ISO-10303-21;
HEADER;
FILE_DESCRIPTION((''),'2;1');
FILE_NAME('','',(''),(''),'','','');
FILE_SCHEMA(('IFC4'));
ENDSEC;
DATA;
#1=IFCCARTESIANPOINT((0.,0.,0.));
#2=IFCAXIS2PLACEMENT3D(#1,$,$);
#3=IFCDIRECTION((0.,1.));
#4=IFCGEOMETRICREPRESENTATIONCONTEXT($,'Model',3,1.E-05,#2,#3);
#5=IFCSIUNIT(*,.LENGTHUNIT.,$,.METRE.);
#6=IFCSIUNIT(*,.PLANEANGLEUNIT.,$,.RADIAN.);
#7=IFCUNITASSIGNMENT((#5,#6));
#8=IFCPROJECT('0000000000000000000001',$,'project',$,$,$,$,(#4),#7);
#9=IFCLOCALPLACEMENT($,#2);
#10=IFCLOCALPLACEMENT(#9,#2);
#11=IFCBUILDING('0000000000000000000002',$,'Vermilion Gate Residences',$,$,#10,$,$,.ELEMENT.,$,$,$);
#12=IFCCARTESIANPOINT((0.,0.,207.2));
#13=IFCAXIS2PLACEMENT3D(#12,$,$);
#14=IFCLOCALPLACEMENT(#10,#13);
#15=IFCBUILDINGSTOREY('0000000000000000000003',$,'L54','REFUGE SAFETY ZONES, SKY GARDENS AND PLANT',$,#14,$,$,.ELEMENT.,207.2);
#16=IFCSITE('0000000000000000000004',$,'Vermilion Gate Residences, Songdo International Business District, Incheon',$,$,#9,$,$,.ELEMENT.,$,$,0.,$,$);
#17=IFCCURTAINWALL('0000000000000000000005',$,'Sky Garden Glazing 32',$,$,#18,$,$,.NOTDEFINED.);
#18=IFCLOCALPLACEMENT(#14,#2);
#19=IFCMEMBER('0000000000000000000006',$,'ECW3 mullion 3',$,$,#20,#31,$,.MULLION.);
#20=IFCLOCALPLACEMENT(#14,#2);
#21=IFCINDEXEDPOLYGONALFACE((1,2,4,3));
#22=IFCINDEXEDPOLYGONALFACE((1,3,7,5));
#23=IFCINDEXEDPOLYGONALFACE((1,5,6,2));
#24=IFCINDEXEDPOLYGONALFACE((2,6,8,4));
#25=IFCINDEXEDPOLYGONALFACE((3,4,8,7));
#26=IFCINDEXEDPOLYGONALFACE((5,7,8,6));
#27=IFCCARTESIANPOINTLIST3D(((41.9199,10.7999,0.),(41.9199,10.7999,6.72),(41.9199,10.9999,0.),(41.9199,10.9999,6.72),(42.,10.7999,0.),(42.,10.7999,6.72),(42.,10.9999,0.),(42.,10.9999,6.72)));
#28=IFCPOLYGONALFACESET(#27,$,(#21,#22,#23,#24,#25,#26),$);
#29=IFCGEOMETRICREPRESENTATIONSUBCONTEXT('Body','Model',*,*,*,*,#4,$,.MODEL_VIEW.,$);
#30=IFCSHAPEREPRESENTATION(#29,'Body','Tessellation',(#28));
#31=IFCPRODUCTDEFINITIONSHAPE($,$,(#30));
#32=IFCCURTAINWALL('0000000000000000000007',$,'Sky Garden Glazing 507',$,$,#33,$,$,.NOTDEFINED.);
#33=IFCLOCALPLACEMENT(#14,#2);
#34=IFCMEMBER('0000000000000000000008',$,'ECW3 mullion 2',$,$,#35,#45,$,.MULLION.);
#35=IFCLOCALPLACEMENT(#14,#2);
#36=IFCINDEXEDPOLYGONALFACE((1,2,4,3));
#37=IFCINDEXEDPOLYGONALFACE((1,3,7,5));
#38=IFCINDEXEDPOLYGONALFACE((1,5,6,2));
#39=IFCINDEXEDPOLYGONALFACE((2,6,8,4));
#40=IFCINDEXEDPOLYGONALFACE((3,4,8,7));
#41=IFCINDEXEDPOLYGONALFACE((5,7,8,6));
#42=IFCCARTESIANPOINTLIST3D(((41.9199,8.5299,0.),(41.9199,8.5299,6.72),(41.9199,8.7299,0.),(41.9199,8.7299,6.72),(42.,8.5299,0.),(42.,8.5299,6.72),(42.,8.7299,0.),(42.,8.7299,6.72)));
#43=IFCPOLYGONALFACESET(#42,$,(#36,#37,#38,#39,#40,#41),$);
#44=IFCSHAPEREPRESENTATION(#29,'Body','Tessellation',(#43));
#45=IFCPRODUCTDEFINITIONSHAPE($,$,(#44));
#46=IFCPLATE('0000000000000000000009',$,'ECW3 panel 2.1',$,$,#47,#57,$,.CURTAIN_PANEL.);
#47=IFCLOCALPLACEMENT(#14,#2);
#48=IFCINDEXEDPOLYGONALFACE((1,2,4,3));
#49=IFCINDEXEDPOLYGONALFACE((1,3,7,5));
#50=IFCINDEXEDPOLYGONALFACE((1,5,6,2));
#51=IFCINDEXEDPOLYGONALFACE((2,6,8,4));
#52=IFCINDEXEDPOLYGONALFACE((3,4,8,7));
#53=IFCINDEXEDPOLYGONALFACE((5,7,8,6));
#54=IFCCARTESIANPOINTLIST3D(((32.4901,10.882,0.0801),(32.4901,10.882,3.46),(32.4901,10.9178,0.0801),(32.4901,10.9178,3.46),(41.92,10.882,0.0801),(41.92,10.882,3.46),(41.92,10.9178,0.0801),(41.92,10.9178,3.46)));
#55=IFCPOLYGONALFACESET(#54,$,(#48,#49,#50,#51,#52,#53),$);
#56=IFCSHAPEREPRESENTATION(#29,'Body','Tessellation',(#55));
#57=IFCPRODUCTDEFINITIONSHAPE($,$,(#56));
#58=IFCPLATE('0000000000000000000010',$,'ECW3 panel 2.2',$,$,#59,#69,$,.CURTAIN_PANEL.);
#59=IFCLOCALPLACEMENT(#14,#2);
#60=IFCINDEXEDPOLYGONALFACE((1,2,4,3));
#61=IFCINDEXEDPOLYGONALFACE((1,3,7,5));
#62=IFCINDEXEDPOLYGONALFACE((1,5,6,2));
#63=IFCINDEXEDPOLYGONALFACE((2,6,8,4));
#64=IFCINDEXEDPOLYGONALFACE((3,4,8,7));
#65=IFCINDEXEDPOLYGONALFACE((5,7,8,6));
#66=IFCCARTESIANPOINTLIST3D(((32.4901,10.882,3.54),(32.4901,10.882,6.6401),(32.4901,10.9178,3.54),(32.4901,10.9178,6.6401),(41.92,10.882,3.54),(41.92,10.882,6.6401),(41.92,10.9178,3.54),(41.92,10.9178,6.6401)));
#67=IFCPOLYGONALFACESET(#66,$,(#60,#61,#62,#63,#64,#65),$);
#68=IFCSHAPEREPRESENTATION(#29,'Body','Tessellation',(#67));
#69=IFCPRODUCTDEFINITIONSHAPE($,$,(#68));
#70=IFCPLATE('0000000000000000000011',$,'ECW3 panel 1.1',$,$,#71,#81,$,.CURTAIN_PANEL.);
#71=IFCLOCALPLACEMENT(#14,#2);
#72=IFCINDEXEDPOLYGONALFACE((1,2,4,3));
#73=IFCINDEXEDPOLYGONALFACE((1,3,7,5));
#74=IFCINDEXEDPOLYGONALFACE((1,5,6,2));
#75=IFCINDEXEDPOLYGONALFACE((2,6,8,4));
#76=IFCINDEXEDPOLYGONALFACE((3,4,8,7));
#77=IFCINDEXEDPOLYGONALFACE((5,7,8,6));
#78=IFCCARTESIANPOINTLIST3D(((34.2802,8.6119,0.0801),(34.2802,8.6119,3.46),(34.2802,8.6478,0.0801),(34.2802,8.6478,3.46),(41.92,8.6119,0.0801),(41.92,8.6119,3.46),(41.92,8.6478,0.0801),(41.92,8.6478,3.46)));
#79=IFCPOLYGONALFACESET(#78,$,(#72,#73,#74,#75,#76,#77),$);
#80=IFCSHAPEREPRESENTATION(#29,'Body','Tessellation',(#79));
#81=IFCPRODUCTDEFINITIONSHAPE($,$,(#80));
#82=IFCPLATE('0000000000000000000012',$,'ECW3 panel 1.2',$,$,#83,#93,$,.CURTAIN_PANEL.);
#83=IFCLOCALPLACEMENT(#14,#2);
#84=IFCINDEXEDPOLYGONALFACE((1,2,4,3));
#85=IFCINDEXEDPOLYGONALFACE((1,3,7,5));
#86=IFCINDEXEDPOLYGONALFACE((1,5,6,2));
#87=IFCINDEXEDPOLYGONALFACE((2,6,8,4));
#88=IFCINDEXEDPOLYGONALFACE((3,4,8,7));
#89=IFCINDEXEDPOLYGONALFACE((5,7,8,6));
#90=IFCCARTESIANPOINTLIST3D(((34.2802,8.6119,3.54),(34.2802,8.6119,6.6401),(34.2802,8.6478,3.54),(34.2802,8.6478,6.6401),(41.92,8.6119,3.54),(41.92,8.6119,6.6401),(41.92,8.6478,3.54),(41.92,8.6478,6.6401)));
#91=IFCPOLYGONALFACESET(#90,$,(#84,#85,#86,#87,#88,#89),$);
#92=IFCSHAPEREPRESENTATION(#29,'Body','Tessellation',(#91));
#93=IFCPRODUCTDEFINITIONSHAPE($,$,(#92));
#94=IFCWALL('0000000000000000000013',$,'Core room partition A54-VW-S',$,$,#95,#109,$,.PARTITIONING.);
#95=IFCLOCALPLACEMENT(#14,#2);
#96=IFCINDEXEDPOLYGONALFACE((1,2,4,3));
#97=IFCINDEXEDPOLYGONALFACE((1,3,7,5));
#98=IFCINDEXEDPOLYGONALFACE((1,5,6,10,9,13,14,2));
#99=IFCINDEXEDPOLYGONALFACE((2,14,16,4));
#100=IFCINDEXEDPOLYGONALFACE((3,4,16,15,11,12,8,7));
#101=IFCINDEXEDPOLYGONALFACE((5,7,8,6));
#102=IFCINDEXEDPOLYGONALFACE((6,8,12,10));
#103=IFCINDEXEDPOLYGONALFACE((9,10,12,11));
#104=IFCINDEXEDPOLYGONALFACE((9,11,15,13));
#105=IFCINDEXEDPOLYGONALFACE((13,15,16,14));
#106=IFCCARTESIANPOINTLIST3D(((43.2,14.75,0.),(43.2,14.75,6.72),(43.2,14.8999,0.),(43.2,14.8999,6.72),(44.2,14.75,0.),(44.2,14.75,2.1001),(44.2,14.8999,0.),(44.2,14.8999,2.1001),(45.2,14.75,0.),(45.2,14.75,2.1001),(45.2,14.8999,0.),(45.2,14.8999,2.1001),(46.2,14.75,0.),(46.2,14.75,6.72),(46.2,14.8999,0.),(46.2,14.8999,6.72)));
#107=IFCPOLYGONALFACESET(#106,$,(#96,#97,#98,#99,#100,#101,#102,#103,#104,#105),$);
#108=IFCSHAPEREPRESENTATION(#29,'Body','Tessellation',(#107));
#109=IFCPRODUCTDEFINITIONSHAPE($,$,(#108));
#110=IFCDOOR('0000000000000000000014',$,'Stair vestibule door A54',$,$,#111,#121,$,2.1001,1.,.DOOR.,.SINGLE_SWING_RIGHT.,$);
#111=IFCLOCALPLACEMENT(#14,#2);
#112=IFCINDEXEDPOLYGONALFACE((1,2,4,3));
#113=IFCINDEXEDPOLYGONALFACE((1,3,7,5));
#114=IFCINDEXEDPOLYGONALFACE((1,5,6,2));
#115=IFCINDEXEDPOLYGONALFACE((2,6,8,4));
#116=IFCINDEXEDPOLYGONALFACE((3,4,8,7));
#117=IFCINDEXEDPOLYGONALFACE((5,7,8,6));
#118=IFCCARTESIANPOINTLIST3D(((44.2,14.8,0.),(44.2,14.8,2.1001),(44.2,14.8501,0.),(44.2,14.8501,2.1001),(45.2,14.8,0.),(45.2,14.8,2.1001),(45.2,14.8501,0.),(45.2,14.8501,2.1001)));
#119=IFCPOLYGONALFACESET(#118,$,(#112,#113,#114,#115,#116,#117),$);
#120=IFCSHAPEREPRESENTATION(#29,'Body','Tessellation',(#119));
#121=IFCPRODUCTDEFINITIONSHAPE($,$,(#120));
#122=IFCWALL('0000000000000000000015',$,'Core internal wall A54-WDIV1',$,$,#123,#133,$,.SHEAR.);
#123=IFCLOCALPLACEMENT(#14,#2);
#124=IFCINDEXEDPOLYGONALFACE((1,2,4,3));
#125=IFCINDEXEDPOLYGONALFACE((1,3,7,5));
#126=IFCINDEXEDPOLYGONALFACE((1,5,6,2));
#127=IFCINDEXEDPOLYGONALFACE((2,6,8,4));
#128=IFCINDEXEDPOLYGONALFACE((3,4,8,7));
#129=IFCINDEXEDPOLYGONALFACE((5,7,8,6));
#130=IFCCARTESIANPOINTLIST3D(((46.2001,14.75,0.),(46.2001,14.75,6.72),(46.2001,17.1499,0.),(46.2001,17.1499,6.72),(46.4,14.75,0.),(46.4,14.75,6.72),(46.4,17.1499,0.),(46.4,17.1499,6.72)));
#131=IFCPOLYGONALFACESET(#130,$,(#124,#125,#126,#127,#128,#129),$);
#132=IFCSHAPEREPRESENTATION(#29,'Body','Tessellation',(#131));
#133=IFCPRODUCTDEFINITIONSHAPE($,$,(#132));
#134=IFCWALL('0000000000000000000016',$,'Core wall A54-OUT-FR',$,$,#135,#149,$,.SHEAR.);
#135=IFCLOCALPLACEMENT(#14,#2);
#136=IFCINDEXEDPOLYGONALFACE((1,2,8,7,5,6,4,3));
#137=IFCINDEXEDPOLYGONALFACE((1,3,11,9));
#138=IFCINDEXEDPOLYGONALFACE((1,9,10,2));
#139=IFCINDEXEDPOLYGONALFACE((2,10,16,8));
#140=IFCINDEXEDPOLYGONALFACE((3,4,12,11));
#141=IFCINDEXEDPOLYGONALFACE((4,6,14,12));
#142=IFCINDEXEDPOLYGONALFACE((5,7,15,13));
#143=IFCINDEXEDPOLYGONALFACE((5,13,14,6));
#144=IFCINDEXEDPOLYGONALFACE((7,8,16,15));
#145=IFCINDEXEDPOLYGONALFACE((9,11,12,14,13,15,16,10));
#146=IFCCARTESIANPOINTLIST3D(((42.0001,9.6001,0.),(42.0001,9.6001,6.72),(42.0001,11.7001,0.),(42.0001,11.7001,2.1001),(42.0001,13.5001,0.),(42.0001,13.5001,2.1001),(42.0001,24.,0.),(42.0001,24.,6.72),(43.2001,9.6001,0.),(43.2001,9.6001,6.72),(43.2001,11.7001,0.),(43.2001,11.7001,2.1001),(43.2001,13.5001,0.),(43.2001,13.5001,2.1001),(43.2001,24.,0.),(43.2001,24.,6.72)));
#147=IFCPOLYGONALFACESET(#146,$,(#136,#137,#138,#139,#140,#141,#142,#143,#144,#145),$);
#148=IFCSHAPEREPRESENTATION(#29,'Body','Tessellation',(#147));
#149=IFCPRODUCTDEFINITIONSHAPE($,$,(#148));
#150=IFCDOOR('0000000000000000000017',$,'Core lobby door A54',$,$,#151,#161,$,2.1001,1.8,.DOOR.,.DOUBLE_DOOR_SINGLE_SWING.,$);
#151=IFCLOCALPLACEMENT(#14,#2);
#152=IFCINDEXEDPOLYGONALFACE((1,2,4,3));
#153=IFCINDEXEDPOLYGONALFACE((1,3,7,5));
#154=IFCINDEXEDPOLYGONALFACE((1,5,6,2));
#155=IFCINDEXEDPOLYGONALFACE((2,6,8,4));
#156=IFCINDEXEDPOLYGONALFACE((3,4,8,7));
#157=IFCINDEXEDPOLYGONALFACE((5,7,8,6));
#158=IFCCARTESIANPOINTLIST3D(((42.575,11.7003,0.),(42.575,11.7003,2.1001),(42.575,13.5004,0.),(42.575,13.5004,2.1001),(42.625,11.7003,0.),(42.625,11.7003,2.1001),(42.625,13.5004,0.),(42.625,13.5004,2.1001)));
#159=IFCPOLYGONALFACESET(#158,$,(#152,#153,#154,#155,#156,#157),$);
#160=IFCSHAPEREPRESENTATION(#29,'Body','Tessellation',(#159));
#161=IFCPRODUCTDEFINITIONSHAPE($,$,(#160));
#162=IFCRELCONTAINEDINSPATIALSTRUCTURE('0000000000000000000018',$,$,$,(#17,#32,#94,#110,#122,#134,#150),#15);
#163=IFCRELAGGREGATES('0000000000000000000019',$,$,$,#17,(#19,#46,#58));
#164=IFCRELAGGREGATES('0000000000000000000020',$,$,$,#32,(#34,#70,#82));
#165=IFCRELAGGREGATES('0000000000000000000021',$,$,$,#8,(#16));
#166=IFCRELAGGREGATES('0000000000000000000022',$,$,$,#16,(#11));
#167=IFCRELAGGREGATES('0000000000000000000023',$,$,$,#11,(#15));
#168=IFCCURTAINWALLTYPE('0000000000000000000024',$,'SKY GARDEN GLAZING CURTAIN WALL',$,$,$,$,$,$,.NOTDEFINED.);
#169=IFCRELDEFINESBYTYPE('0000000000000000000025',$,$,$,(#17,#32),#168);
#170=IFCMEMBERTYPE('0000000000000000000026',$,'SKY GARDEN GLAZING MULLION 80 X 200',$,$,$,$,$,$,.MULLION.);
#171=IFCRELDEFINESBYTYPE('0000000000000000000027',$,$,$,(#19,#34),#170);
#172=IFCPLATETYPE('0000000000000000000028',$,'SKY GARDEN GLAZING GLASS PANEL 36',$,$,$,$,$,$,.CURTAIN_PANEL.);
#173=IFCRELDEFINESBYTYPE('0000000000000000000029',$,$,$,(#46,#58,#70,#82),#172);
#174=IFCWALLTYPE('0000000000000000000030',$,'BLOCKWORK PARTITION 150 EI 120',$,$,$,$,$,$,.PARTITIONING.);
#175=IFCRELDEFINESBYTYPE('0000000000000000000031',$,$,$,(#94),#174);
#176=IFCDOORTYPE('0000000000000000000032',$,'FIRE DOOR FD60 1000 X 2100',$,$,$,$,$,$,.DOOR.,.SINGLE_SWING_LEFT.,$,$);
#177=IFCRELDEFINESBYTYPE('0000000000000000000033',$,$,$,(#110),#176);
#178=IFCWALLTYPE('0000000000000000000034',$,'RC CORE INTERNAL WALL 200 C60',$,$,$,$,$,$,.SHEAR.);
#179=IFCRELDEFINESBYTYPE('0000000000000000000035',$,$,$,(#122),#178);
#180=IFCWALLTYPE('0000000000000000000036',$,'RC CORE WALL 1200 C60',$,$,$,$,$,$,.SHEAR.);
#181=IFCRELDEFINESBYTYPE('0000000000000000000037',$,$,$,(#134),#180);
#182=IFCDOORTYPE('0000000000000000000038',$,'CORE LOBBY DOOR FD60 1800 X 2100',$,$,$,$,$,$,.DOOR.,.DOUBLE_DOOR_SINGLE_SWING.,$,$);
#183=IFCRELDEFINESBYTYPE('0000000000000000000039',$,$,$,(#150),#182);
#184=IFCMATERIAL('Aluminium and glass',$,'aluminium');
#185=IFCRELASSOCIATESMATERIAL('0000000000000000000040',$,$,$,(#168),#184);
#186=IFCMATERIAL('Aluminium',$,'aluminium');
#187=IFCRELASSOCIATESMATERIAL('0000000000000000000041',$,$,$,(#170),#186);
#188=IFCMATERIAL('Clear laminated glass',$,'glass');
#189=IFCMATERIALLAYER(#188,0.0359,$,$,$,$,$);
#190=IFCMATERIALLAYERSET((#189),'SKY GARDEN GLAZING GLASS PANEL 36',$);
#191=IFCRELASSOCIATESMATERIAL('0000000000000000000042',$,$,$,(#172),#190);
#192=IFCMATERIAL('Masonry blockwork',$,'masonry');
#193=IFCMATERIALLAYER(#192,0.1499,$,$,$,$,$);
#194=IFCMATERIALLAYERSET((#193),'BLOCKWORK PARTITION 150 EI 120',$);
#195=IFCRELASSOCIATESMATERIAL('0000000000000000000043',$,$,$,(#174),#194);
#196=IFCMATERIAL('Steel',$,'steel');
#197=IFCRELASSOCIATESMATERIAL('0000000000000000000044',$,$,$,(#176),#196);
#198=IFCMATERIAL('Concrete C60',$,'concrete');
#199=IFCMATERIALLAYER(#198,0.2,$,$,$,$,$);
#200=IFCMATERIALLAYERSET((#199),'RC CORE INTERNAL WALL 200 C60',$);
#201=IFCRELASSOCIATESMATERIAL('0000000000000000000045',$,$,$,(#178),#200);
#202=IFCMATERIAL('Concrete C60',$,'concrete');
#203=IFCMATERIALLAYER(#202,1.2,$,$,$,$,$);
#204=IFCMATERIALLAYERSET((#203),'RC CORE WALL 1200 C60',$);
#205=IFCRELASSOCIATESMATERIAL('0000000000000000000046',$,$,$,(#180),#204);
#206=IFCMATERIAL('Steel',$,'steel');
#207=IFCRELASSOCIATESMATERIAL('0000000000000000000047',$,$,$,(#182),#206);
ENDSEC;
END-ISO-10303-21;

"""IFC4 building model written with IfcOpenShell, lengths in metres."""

from ifc_helpers import new_model, si_unit, direction, frame, frame_2d, origin, origin_2d, place, context, subcontext, project, spatial, rectangle, extrude, material, layer, layer_set, material_profile, profile_set, type_object, element, fill, aggregate, save


model = new_model("IFC4")

# Units and contexts
model_context = context("Model", 3, precision=1e-05, world=origin(), true_north=direction((0.0, 1.0)))
body_context = subcontext(model_context, "Body", "Model", "MODEL_VIEW")
ifc_project = project(units=[si_unit("LENGTHUNIT", "METRE"), si_unit("PLANEANGLEUNIT", "RADIAN")], contexts=[model_context])

# Site, building, storey
site_placement = place(None, origin())
site = spatial("IfcSite", under=ifc_project, at=site_placement, Name="Vermilion Gate Residences, Songdo International Business District, Incheon", CompositionType="ELEMENT", RefElevation=0.0)
building_placement = place(site_placement, origin())
building = spatial("IfcBuilding", under=site, at=building_placement, Name="Vermilion Gate Residences", CompositionType="ELEMENT")
storey_placement = place(building_placement, frame((0.0, 0.0, 207.2)))
storey = spatial("IfcBuildingStorey", under=building, at=storey_placement, Name="L54", Description="REFUGE SAFETY ZONES, SKY GARDENS AND PLANT", CompositionType="ELEMENT", Elevation=207.2)

# Curtain walls, members
ifc_material_1 = material(Name="Aluminium and glass", Category="aluminium")
curtain_wall_type = type_object("IfcCurtainWallType", Name="SKY GARDEN GLAZING CURTAIN WALL", PredefinedType="NOTDEFINED", material=ifc_material_1)
curtain_wall_1_placement = place(storey_placement, origin())
curtain_wall_1 = element("IfcCurtainWall", 1, at=curtain_wall_1_placement, inside=storey, type_object=curtain_wall_type, Name="Sky Garden Glazing 32", PredefinedType="NOTDEFINED")
ifc_material_2 = material(Name="Aluminium", Category="aluminium")
ifc_material_profile = material_profile(ifc_material_2, rectangle(XDim=0.2, YDim=0.0801, at=origin_2d()), Name="MULLION 80 X 200")
ifc_profile_set = profile_set([ifc_material_profile], Name="Aluminium")
member_type = type_object("IfcMemberType", Name="SKY GARDEN GLAZING MULLION 80 X 200", PredefinedType="MULLION", material=ifc_profile_set)
member_1_placement = place(storey_placement, frame((41.96, 10.8999, 0.0), z_axis=(0.0, 0.0, 1.0), x_axis=(0.0, 1.0, 0.0)))
member_1 = element("IfcMember", 2, at=member_1_placement, type_object=member_type, Name="ECW3 mullion 3", PredefinedType="MULLION", context=body_context, shape_type="SweptSolid", body=[
    extrude(rectangle(XDim=0.2, YDim=0.0801, at=origin_2d()), origin(), (0.0, 0.0, 1.0), 6.72),
])
curtain_wall_2_placement = place(storey_placement, origin())
curtain_wall_2 = element("IfcCurtainWall", 3, at=curtain_wall_2_placement, inside=storey, type_object=curtain_wall_type, Name="Sky Garden Glazing 507", PredefinedType="NOTDEFINED")
member_2_placement = place(storey_placement, frame((41.96, 8.6299, 0.0), z_axis=(0.0, 0.0, 1.0), x_axis=(0.0, 1.0, 0.0)))
member_2 = element("IfcMember", 4, at=member_2_placement, type_object=member_type, Name="ECW3 mullion 2", PredefinedType="MULLION", context=body_context, shape_type="SweptSolid", body=[
    extrude(rectangle(XDim=0.2, YDim=0.0801, at=origin_2d()), origin(), (0.0, 0.0, 1.0), 6.72),
])

# Plates
ifc_material_3 = material(Name="Clear laminated glass", Category="glass")
ifc_layer_1 = layer(ifc_material_3, 0.0359)
ifc_layer_set_1 = layer_set([ifc_layer_1], Name="SKY GARDEN GLAZING GLASS PANEL 36")
plate_type = type_object("IfcPlateType", Name="SKY GARDEN GLAZING GLASS PANEL 36", PredefinedType="CURTAIN_PANEL", material=ifc_layer_set_1)
plate_1_placement = place(storey_placement, frame((37.2051, 10.8999, 0.0801), z_axis=(0.0, 0.0, 1.0), x_axis=(1.0, 0.0, 0.0)))
plate_1 = element("IfcPlate", 5, at=plate_1_placement, type_object=plate_type, Name="ECW3 panel 2.1", PredefinedType="CURTAIN_PANEL", context=body_context, shape_type="SweptSolid", body=[
    extrude(rectangle(XDim=9.4299, YDim=0.0359, at=origin_2d()), origin(), (0.0, 0.0, 1.0), 3.3799),
])
plate_2_placement = place(storey_placement, frame((37.2051, 10.8999, 3.54), z_axis=(0.0, 0.0, 1.0), x_axis=(1.0, 0.0, 0.0)))
plate_2 = element("IfcPlate", 6, at=plate_2_placement, type_object=plate_type, Name="ECW3 panel 2.2", PredefinedType="CURTAIN_PANEL", context=body_context, shape_type="SweptSolid", body=[
    extrude(rectangle(XDim=9.4299, YDim=0.0359, at=origin_2d()), origin(), (0.0, 0.0, 1.0), 3.1001),
])
aggregate(curtain_wall_1, [member_1, plate_1, plate_2])
plate_3_placement = place(storey_placement, frame((38.1001, 8.6299, 0.0801), z_axis=(0.0, 0.0, 1.0), x_axis=(1.0, 0.0, 0.0)))
plate_3 = element("IfcPlate", 7, at=plate_3_placement, type_object=plate_type, Name="ECW3 panel 1.1", PredefinedType="CURTAIN_PANEL", context=body_context, shape_type="SweptSolid", body=[
    extrude(rectangle(XDim=7.6399, YDim=0.0359, at=origin_2d()), origin(), (0.0, 0.0, 1.0), 3.3799),
])
plate_4_placement = place(storey_placement, frame((38.1001, 8.6299, 3.54), z_axis=(0.0, 0.0, 1.0), x_axis=(1.0, 0.0, 0.0)))
plate_4 = element("IfcPlate", 8, at=plate_4_placement, type_object=plate_type, Name="ECW3 panel 1.2", PredefinedType="CURTAIN_PANEL", context=body_context, shape_type="SweptSolid", body=[
    extrude(rectangle(XDim=7.6399, YDim=0.0359, at=origin_2d()), origin(), (0.0, 0.0, 1.0), 3.1001),
])
aggregate(curtain_wall_2, [member_2, plate_3, plate_4])

# Wall, opening, door
ifc_material_4 = material(Name="Masonry blockwork", Category="masonry")
ifc_layer_2 = layer(ifc_material_4, 0.1499)
ifc_layer_set_2 = layer_set([ifc_layer_2], Name="BLOCKWORK PARTITION 150 EI 120")
wall_type_1 = type_object("IfcWallType", Name="BLOCKWORK PARTITION 150 EI 120", PredefinedType="PARTITIONING", material=ifc_layer_set_2)
wall_1_placement = place(storey_placement, frame((43.2, 14.825, 0.0), z_axis=(0.0, 0.0, 1.0), x_axis=(1.0, 0.0, 0.0)))
wall_1 = element("IfcWall", 9, at=wall_1_placement, inside=storey, type_object=wall_type_1, Name="Core room partition A54-VW-S", PredefinedType="PARTITIONING", context=body_context, shape_type="SweptSolid", body=[
    extrude(rectangle(XDim=3.0, YDim=0.1499, at=frame_2d((1.5, 0.0))), origin(), (0.0, 0.0, 1.0), 6.72),
])
opening_1_placement = place(wall_1_placement, frame((1.0, 0.0, 0.0)))
opening_1 = element("IfcOpeningElement", 10, at=opening_1_placement, cuts=wall_1, PredefinedType="OPENING", context=body_context, shape_type="SweptSolid", body=[
    extrude(rectangle(XDim=1.0, YDim=2.1001, at=frame_2d((0.5, 1.05))), frame((0.0, 0.085, 0.0), z_axis=(0.0, -1.0, 0.0), x_axis=(1.0, 0.0, 0.0)), (0.0, 0.0, 1.0), 0.1699),
])
ifc_material_5 = material(Name="Steel", Category="steel")
door_type_1 = type_object("IfcDoorType", Name="FIRE DOOR FD60 1000 X 2100", OperationType="SINGLE_SWING_LEFT", PredefinedType="DOOR", material=ifc_material_5)
door_1_placement = place(opening_1_placement, frame((1.0, 0.0, 0.0), z_axis=(0.0, 0.0, 1.0), x_axis=(-1.0, 0.0, 0.0)))
door_1 = element("IfcDoor", 11, at=door_1_placement, inside=storey, type_object=door_type_1, Name="Stair vestibule door A54", OperationType="SINGLE_SWING_RIGHT", OverallHeight=2.1001, OverallWidth=1.0, PredefinedType="DOOR", context=body_context, shape_type="SweptSolid", body=[
    extrude(rectangle(XDim=1.0, YDim=2.1001, at=frame_2d((0.5, 1.05))), frame((0.0, 0.0249, 0.0), z_axis=(0.0, -1.0, 0.0), x_axis=(1.0, 0.0, 0.0)), (0.0, 0.0, 1.0), 0.05),
])
fill(opening_1, door_1)

# Wall
ifc_material_6 = material(Name="Concrete C60", Category="concrete")
ifc_layer_3 = layer(ifc_material_6, 0.2)
ifc_layer_set_3 = layer_set([ifc_layer_3], Name="RC CORE INTERNAL WALL 200 C60")
wall_type_2 = type_object("IfcWallType", Name="RC CORE INTERNAL WALL 200 C60", PredefinedType="SHEAR", material=ifc_layer_set_3)
wall_2_placement = place(storey_placement, frame((46.3, 14.75, 0.0), z_axis=(0.0, 0.0, 1.0), x_axis=(0.0, 1.0, 0.0)))
element("IfcWall", 12, at=wall_2_placement, inside=storey, type_object=wall_type_2, Name="Core internal wall A54-WDIV1", PredefinedType="SHEAR", context=body_context, shape_type="SweptSolid", body=[
    extrude(rectangle(XDim=2.3999, YDim=0.2, at=frame_2d((1.2, 0.0))), origin(), (0.0, 0.0, 1.0), 6.72),
])

# Wall, opening, door
ifc_material_7 = material(Name="Concrete C60", Category="concrete")
ifc_layer_4 = layer(ifc_material_7, 1.2)
ifc_layer_set_4 = layer_set([ifc_layer_4], Name="RC CORE WALL 1200 C60")
wall_type_3 = type_object("IfcWallType", Name="RC CORE WALL 1200 C60", PredefinedType="SHEAR", material=ifc_layer_set_4)
wall_3_placement = place(storey_placement, frame((42.6001, 9.6001, 0.0), z_axis=(0.0, 0.0, 1.0), x_axis=(0.0, 1.0, 0.0)))
wall_3 = element("IfcWall", 13, at=wall_3_placement, inside=storey, type_object=wall_type_3, Name="Core wall A54-OUT-FR", PredefinedType="SHEAR", context=body_context, shape_type="SweptSolid", body=[
    extrude(rectangle(XDim=14.3999, YDim=1.2, at=frame_2d((7.2, 0.0))), origin(), (0.0, 0.0, 1.0), 6.72),
])
opening_2_placement = place(wall_3_placement, frame((2.1001, 0.0, 0.0)))
opening_2 = element("IfcOpeningElement", 14, at=opening_2_placement, cuts=wall_3, PredefinedType="OPENING", context=body_context, shape_type="SweptSolid", body=[
    extrude(rectangle(XDim=1.8, YDim=2.1001, at=frame_2d((0.8999, 1.05))), frame((0.0, 0.6099, 0.0), z_axis=(0.0, -1.0, 0.0), x_axis=(1.0, 0.0, 0.0)), (0.0, 0.0, 1.0), 1.22),
])
ifc_material_8 = material(Name="Steel", Category="steel")
door_type_2 = type_object("IfcDoorType", Name="CORE LOBBY DOOR FD60 1800 X 2100", OperationType="DOUBLE_DOOR_SINGLE_SWING", PredefinedType="DOOR", material=ifc_material_8)
door_2_placement = place(opening_2_placement, frame((1.8, 0.0, 0.0), z_axis=(0.0, 0.0, 1.0), x_axis=(-1.0, 0.0, 0.0)))
door_2 = element("IfcDoor", 15, at=door_2_placement, inside=storey, type_object=door_type_2, Name="Core lobby door A54", OperationType="DOUBLE_DOOR_SINGLE_SWING", OverallHeight=2.1001, OverallWidth=1.8, PredefinedType="DOOR", context=body_context, shape_type="SweptSolid", body=[
    extrude(rectangle(XDim=1.8, YDim=2.1001, at=frame_2d((0.8999, 1.05))), frame((0.0, 0.0249, 0.0), z_axis=(0.0, -1.0, 0.0), x_axis=(1.0, 0.0, 0.0)), (0.0, 0.0, 1.0), 0.05),
])
fill(opening_2, door_2)

save(model, "model.ifc")
